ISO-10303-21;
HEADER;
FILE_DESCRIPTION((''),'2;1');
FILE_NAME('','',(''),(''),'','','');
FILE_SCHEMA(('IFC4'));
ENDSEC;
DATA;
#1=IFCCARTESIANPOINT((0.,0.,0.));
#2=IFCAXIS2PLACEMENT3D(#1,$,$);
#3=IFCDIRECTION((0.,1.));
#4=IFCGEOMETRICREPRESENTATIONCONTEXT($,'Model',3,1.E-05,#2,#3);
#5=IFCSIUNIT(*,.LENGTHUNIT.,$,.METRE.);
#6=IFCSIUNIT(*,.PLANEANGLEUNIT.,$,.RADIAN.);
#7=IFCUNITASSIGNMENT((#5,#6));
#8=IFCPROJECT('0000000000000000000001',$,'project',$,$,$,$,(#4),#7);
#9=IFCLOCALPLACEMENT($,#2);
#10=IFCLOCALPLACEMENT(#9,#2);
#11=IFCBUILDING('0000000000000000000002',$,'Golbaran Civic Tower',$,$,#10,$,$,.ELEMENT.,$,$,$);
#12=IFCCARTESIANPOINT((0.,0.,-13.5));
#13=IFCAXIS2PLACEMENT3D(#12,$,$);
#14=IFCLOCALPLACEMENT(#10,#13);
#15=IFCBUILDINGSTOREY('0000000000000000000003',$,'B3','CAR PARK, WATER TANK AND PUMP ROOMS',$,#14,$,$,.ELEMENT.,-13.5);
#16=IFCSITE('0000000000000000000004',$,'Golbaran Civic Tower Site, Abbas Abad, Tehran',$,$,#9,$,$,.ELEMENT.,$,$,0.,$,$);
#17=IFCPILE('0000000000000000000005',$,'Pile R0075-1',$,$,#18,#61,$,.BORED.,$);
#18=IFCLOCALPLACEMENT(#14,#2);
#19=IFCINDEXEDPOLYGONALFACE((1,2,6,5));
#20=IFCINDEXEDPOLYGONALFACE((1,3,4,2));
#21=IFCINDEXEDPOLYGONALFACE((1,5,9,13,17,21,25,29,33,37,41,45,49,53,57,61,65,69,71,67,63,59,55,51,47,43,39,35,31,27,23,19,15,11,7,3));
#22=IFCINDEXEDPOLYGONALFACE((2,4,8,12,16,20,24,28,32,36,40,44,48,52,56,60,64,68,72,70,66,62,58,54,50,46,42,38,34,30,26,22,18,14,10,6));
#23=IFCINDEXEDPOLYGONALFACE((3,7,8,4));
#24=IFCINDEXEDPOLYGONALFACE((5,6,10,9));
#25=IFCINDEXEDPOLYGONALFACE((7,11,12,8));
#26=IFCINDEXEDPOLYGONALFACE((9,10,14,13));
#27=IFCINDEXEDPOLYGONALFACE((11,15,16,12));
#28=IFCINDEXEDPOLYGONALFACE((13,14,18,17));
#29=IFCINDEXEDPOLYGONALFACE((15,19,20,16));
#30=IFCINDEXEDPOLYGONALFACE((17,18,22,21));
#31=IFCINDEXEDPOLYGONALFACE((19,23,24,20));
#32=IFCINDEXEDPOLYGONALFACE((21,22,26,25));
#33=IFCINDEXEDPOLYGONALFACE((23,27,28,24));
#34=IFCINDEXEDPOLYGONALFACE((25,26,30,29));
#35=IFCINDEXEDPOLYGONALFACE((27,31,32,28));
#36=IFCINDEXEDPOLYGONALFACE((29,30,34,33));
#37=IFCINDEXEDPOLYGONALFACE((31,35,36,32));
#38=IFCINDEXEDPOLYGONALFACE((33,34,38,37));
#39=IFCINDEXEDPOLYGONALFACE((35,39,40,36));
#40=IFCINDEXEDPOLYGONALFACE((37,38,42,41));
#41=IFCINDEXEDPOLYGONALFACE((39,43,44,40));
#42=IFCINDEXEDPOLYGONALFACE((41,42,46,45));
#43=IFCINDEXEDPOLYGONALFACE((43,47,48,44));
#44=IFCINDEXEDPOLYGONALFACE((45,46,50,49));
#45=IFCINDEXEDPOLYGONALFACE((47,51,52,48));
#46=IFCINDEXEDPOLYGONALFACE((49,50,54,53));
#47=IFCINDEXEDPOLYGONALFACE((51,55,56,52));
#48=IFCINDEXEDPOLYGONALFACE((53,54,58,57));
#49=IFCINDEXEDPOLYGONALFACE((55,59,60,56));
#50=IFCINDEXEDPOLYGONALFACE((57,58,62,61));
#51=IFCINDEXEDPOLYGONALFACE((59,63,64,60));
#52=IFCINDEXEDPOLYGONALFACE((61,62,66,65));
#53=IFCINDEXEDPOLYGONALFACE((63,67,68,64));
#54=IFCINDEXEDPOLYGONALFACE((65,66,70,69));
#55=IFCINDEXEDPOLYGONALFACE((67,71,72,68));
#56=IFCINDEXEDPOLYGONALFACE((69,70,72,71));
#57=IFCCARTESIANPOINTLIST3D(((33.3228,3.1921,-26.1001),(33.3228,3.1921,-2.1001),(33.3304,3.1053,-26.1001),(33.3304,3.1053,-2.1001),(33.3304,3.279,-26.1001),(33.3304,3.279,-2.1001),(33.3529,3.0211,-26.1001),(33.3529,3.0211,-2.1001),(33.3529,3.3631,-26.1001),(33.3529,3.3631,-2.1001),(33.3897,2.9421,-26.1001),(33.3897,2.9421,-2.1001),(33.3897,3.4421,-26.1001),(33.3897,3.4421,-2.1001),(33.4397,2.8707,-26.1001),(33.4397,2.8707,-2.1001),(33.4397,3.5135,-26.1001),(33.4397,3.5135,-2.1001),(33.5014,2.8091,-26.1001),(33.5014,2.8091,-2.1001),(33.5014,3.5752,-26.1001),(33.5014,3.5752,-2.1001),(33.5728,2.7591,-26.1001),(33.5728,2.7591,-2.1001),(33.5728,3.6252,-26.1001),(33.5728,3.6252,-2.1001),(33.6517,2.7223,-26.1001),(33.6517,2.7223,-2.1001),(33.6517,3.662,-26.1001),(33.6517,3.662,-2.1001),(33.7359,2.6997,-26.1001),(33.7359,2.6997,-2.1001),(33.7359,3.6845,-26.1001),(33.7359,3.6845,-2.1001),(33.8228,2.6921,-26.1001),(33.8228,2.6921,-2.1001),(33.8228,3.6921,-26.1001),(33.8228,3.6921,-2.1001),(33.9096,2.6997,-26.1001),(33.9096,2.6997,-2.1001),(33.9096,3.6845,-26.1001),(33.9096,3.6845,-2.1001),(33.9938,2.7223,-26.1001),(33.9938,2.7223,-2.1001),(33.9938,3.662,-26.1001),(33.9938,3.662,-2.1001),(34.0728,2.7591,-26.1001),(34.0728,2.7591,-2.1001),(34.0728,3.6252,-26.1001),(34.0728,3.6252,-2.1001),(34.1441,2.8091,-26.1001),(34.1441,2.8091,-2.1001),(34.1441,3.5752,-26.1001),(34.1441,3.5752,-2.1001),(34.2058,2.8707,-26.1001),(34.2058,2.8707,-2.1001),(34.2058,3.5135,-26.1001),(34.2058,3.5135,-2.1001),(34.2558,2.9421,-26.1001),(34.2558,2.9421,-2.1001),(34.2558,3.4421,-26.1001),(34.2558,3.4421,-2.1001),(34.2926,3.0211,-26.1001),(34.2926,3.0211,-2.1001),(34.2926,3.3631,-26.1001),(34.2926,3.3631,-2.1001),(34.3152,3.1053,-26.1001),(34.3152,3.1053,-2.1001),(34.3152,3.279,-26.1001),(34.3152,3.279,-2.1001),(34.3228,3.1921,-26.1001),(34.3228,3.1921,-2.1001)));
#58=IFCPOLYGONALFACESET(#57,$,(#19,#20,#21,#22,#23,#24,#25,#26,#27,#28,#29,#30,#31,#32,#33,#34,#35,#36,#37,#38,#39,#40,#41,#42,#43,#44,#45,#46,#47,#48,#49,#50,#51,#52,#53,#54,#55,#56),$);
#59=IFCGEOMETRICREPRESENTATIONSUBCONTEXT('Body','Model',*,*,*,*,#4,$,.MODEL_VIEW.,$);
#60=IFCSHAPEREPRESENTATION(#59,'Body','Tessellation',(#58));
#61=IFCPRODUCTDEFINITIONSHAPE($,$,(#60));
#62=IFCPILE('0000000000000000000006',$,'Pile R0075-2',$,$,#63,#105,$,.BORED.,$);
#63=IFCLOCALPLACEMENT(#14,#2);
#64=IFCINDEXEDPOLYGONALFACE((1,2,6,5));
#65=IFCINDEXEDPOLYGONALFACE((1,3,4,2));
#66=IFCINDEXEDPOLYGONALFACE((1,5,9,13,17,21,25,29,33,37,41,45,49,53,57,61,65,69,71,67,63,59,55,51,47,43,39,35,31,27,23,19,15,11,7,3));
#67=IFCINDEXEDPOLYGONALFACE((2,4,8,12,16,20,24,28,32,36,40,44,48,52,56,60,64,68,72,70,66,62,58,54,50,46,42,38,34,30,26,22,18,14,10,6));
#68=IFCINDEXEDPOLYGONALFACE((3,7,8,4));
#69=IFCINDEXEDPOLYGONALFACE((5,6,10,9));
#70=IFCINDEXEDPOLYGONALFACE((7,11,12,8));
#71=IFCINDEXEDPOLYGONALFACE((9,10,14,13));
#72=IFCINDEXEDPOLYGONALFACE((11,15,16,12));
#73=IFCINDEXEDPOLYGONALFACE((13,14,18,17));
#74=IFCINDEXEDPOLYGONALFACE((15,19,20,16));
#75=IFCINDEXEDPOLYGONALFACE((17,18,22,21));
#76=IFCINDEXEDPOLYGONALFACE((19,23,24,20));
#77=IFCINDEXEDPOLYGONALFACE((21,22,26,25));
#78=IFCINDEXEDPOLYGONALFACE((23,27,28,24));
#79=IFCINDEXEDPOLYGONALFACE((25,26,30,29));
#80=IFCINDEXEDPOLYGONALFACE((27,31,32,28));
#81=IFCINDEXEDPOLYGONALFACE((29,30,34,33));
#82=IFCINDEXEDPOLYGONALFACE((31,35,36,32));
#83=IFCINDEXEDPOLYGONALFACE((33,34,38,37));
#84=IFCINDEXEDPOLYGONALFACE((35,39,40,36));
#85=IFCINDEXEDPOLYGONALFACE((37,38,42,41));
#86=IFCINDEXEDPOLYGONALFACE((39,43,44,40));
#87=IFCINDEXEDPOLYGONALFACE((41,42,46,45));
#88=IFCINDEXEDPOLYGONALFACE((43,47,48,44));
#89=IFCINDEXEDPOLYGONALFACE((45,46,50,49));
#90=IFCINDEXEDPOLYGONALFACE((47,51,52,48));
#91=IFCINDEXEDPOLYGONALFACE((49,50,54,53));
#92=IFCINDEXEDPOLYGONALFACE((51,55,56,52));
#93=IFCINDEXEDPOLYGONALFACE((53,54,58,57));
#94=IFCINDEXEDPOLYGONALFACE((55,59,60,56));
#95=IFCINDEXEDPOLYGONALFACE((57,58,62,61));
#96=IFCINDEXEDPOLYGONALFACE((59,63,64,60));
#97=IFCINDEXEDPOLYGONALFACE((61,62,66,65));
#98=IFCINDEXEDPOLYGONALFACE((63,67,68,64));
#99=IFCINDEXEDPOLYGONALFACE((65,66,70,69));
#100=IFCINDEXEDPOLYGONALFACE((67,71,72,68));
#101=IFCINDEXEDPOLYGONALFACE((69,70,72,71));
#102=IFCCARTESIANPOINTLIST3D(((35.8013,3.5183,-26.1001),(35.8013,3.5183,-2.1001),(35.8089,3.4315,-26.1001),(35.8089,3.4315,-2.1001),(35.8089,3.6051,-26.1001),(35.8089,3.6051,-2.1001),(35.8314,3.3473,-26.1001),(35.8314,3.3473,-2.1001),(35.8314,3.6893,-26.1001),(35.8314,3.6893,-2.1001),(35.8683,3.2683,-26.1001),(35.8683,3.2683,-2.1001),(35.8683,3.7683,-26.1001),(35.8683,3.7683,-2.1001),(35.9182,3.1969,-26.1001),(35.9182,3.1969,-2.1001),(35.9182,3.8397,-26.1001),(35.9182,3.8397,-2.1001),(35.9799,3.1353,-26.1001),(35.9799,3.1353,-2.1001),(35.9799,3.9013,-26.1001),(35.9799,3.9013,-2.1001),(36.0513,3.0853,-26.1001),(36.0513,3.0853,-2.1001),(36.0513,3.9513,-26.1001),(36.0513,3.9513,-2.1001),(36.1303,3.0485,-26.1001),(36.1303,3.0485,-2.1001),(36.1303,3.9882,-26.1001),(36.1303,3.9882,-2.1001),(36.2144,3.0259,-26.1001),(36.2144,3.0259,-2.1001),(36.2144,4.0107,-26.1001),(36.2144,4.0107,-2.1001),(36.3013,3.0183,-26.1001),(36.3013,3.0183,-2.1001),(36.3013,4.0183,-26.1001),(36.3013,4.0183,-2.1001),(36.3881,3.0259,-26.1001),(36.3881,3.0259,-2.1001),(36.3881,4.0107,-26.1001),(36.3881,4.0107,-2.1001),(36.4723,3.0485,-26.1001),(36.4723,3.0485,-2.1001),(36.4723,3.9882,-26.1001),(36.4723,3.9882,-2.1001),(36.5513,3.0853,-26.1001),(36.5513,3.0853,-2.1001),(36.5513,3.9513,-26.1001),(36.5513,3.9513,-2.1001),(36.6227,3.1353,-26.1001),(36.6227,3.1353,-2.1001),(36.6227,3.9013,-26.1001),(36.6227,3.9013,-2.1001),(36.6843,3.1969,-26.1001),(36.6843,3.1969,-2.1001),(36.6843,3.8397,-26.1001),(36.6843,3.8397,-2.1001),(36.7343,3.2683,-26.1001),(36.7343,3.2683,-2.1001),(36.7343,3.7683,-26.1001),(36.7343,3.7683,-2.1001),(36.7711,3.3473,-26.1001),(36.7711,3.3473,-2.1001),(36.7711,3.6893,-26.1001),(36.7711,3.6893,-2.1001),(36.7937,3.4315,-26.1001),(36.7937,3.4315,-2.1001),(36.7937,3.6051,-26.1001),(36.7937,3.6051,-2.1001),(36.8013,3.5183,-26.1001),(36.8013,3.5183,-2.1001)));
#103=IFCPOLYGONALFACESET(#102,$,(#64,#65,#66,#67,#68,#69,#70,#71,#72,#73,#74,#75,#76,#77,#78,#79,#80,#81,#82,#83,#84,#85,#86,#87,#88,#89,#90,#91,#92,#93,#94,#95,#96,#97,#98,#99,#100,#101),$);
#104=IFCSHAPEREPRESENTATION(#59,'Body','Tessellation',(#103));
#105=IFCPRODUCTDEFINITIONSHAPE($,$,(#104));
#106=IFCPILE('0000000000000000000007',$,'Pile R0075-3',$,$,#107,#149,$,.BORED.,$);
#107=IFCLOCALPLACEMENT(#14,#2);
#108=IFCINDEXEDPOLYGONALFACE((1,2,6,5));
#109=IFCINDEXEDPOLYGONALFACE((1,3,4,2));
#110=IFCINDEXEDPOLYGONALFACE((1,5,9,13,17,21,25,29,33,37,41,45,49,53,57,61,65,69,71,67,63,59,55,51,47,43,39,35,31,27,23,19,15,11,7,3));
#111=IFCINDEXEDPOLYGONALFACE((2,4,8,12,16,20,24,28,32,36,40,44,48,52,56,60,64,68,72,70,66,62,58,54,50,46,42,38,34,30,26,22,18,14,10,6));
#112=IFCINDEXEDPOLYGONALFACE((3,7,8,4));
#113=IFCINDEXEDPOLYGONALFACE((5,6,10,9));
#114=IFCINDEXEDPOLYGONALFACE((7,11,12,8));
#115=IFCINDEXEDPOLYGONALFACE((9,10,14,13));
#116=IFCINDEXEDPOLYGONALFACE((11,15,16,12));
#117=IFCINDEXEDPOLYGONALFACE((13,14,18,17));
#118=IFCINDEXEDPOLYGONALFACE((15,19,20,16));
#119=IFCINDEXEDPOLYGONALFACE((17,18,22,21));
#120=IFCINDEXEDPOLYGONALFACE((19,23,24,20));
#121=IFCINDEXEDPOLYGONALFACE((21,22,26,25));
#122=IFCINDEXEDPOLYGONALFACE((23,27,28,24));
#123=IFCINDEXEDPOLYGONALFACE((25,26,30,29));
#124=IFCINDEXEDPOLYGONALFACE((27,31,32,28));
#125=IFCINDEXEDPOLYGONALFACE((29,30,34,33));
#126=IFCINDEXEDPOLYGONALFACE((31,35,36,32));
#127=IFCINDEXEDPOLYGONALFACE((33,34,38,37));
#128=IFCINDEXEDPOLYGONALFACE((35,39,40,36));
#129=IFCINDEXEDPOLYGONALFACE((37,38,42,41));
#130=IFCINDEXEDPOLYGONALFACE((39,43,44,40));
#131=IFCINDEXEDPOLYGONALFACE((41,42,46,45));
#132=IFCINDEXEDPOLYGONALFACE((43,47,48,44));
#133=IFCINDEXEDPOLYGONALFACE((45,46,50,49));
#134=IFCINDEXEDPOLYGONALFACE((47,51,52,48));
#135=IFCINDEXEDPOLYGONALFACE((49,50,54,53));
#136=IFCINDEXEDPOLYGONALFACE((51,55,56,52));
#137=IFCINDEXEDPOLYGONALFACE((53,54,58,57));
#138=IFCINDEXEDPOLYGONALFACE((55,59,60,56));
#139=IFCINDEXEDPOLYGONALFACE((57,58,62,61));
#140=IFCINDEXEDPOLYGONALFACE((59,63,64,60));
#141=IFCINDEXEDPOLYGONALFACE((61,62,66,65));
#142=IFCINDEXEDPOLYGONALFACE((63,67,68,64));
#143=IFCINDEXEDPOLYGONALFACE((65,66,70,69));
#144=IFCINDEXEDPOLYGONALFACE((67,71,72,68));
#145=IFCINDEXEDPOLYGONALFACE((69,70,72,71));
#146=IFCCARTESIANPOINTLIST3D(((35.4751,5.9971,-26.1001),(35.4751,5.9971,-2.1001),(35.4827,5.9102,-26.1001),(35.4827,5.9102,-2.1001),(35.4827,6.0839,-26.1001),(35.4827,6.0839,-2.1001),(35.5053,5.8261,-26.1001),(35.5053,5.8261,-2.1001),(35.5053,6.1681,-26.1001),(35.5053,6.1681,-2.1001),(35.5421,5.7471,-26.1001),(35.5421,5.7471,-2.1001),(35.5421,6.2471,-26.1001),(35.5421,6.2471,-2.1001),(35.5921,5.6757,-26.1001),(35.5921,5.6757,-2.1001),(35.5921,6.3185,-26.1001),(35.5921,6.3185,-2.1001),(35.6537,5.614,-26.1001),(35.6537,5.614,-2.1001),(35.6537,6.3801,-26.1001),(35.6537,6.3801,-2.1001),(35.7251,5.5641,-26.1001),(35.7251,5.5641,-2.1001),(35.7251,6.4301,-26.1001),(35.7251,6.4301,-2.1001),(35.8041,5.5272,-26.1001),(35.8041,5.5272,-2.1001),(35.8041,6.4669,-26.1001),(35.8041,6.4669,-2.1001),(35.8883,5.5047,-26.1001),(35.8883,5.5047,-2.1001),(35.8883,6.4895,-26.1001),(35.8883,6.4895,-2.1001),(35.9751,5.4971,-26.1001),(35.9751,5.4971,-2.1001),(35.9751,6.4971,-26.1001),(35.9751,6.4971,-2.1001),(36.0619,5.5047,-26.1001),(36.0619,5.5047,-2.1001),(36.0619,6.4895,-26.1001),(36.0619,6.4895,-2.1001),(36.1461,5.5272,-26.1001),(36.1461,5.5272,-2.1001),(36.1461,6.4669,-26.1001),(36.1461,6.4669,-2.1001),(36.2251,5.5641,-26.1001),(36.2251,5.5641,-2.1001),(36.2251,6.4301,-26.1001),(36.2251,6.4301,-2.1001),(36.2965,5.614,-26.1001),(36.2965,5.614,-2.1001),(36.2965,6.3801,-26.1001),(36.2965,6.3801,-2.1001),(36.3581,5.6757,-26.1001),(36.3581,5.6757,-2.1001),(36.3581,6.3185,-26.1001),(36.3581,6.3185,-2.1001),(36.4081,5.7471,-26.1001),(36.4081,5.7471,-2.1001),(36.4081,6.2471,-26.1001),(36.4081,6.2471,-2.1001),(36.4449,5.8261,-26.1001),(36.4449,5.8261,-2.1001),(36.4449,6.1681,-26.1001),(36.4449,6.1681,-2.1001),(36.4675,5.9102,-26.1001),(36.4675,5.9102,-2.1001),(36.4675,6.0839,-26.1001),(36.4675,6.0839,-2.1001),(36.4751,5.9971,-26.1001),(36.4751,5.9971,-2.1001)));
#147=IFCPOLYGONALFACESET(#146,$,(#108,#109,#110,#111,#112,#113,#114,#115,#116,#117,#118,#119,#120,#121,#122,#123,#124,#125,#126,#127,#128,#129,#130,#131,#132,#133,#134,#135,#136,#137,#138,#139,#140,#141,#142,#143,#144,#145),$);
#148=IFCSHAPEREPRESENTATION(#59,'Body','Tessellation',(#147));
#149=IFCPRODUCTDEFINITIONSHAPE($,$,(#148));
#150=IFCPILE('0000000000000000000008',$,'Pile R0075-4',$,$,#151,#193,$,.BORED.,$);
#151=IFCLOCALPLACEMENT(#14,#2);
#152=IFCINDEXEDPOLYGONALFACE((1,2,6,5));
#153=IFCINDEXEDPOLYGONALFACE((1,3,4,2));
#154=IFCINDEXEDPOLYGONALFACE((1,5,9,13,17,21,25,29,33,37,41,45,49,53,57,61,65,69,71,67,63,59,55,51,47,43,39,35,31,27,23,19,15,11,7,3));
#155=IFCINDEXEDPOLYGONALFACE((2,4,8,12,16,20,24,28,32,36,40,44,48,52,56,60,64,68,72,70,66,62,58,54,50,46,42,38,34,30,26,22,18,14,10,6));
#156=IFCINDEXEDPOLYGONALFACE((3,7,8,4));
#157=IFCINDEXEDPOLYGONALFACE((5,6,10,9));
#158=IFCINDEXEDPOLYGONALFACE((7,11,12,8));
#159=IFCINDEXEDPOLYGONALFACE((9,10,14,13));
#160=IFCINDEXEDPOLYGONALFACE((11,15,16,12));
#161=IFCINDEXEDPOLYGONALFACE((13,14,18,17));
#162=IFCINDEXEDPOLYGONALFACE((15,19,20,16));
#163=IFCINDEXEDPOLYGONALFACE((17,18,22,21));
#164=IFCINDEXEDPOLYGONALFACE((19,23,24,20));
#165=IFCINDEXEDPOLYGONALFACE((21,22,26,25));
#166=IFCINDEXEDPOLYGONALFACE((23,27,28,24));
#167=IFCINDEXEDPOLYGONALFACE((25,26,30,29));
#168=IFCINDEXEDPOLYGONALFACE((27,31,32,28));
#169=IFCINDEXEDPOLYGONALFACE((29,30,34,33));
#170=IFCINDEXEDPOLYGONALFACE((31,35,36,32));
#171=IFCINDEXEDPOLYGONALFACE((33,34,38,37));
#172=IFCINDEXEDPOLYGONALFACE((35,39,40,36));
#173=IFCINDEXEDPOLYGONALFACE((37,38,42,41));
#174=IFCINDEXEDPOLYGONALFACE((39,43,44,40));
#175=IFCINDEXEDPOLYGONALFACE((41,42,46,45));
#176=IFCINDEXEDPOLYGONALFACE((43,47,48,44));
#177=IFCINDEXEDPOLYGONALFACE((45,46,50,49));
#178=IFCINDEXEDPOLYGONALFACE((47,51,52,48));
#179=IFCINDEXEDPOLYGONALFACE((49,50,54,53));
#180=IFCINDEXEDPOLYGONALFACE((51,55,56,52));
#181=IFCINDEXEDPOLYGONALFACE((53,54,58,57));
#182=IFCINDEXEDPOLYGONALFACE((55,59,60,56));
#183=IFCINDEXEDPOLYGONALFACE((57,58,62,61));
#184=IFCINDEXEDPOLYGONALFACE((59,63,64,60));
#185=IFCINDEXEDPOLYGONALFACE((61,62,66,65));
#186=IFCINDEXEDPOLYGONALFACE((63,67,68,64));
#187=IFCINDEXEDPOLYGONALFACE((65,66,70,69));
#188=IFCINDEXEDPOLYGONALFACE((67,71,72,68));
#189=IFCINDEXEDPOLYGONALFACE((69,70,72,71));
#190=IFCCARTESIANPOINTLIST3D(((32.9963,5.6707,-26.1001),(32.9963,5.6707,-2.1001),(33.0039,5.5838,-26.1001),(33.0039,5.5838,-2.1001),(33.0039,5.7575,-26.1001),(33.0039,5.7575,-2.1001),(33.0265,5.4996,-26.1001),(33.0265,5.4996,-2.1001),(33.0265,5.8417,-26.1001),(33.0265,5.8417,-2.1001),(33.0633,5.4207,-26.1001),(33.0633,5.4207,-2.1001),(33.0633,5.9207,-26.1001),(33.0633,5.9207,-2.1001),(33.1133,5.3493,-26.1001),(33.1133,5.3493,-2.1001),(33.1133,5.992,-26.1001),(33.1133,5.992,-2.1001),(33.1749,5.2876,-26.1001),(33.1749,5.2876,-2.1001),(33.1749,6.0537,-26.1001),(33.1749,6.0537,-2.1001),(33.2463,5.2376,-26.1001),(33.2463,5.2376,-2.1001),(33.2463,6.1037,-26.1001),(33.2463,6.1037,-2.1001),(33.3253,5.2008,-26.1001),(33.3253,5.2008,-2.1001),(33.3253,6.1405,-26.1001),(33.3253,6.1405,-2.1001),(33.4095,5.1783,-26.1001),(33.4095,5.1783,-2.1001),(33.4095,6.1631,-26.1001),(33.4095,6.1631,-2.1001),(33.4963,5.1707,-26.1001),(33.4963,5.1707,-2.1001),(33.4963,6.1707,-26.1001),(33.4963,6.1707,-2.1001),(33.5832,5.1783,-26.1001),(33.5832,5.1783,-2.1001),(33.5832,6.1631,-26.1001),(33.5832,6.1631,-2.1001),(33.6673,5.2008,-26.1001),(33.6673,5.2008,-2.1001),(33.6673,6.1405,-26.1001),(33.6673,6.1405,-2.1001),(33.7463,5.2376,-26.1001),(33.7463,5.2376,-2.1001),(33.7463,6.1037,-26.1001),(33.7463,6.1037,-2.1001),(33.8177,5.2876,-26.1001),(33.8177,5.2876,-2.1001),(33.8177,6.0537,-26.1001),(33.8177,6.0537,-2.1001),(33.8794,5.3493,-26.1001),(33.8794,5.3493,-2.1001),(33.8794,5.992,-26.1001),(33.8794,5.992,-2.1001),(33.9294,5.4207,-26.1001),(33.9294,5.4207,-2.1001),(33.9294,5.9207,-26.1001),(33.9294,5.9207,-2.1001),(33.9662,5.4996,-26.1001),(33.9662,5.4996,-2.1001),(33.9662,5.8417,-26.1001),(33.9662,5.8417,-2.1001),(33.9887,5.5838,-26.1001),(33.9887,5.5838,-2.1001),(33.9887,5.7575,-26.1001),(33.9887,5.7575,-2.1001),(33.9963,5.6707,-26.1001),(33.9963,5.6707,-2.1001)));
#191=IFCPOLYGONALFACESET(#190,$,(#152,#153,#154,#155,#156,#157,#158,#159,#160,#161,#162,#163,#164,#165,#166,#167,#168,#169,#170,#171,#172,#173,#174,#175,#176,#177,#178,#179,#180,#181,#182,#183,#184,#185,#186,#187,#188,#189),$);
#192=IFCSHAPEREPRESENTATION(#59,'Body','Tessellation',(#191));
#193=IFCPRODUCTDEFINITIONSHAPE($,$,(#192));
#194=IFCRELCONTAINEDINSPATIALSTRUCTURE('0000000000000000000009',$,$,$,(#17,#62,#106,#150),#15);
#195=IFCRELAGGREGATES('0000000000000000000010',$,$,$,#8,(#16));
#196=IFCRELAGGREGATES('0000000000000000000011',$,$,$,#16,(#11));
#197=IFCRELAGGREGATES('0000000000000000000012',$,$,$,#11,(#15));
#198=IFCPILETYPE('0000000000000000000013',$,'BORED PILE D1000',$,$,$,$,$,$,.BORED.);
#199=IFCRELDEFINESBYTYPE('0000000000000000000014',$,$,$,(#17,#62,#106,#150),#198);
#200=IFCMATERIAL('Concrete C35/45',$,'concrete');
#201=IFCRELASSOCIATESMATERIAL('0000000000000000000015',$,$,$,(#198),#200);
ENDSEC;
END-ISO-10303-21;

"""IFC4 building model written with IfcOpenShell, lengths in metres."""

from ifc_helpers import new_model, si_unit, direction, frame, origin, origin_2d, place, context, subcontext, project, spatial, circle, extrude, material, material_profile, profile_set, type_object, element, save


model = new_model("IFC4")

# Units and contexts
model_context = context("Model", 3, precision=1e-05, world=origin(), true_north=direction((0.0, 1.0)))
body_context = subcontext(model_context, "Body", "Model", "MODEL_VIEW")
ifc_project = project(units=[si_unit("LENGTHUNIT", "METRE"), si_unit("PLANEANGLEUNIT", "RADIAN")], contexts=[model_context])

# Site, building, storey
site_placement = place(None, origin())
site = spatial("IfcSite", under=ifc_project, at=site_placement, Name="Golbaran Civic Tower Site, Abbas Abad, Tehran", CompositionType="ELEMENT", RefElevation=0.0)
building_placement = place(site_placement, origin())
building = spatial("IfcBuilding", under=site, at=building_placement, Name="Golbaran Civic Tower", CompositionType="ELEMENT")
storey_placement = place(building_placement, frame((0.0, 0.0, -13.5)))
storey = spatial("IfcBuildingStorey", under=building, at=storey_placement, Name="B3", Description="CAR PARK, WATER TANK AND PUMP ROOMS", CompositionType="ELEMENT", Elevation=-13.5)

# Piles
ifc_material_1 = material(Name="Concrete C35/45", Category="concrete")
ifc_material_profile_1 = material_profile(ifc_material_1, circle(Radius=0.5, at=origin_2d()), Name="BORED PILE D1000")
ifc_profile_set_1 = profile_set([ifc_material_profile_1], Name="Concrete C35/45")
pile_type_1 = type_object("IfcPileType", Name="BORED PILE D1000", PredefinedType="BORED", material=ifc_profile_set_1)
for number, where, z_axis, x_axis, name in (
    (1, (33.8228, 3.1921, -2.1001), (0.0, 0.0, -1.0), (1.0, 0.0, 0.0), "Pile R0075-1"),
    (2, (36.3013, 3.5183, -2.1001), (0.0, 0.0, -1.0), (1.0, 0.0, 0.0), "Pile R0075-2"),
    (3, (35.9751, 5.9971, -2.1001), (0.0, 0.0, -1.0), (1.0, 0.0, 0.0), "Pile R0075-3"),
    (4, (33.4963, 5.6707, -2.1001), (0.0, 0.0, -1.0), (1.0, 0.0, 0.0), "Pile R0075-4"),
):
    element("IfcPile", number, at=place(storey_placement, frame(where, z_axis=z_axis, x_axis=x_axis)), inside=storey, type_object=pile_type_1, Name=name, PredefinedType="BORED", context=body_context, shape_type="SweptSolid", body=[
        extrude(circle(Radius=0.5, at=origin_2d()), origin(), (0.0, 0.0, 1.0), 24.0),
    ])

save(model, "model.ifc")
